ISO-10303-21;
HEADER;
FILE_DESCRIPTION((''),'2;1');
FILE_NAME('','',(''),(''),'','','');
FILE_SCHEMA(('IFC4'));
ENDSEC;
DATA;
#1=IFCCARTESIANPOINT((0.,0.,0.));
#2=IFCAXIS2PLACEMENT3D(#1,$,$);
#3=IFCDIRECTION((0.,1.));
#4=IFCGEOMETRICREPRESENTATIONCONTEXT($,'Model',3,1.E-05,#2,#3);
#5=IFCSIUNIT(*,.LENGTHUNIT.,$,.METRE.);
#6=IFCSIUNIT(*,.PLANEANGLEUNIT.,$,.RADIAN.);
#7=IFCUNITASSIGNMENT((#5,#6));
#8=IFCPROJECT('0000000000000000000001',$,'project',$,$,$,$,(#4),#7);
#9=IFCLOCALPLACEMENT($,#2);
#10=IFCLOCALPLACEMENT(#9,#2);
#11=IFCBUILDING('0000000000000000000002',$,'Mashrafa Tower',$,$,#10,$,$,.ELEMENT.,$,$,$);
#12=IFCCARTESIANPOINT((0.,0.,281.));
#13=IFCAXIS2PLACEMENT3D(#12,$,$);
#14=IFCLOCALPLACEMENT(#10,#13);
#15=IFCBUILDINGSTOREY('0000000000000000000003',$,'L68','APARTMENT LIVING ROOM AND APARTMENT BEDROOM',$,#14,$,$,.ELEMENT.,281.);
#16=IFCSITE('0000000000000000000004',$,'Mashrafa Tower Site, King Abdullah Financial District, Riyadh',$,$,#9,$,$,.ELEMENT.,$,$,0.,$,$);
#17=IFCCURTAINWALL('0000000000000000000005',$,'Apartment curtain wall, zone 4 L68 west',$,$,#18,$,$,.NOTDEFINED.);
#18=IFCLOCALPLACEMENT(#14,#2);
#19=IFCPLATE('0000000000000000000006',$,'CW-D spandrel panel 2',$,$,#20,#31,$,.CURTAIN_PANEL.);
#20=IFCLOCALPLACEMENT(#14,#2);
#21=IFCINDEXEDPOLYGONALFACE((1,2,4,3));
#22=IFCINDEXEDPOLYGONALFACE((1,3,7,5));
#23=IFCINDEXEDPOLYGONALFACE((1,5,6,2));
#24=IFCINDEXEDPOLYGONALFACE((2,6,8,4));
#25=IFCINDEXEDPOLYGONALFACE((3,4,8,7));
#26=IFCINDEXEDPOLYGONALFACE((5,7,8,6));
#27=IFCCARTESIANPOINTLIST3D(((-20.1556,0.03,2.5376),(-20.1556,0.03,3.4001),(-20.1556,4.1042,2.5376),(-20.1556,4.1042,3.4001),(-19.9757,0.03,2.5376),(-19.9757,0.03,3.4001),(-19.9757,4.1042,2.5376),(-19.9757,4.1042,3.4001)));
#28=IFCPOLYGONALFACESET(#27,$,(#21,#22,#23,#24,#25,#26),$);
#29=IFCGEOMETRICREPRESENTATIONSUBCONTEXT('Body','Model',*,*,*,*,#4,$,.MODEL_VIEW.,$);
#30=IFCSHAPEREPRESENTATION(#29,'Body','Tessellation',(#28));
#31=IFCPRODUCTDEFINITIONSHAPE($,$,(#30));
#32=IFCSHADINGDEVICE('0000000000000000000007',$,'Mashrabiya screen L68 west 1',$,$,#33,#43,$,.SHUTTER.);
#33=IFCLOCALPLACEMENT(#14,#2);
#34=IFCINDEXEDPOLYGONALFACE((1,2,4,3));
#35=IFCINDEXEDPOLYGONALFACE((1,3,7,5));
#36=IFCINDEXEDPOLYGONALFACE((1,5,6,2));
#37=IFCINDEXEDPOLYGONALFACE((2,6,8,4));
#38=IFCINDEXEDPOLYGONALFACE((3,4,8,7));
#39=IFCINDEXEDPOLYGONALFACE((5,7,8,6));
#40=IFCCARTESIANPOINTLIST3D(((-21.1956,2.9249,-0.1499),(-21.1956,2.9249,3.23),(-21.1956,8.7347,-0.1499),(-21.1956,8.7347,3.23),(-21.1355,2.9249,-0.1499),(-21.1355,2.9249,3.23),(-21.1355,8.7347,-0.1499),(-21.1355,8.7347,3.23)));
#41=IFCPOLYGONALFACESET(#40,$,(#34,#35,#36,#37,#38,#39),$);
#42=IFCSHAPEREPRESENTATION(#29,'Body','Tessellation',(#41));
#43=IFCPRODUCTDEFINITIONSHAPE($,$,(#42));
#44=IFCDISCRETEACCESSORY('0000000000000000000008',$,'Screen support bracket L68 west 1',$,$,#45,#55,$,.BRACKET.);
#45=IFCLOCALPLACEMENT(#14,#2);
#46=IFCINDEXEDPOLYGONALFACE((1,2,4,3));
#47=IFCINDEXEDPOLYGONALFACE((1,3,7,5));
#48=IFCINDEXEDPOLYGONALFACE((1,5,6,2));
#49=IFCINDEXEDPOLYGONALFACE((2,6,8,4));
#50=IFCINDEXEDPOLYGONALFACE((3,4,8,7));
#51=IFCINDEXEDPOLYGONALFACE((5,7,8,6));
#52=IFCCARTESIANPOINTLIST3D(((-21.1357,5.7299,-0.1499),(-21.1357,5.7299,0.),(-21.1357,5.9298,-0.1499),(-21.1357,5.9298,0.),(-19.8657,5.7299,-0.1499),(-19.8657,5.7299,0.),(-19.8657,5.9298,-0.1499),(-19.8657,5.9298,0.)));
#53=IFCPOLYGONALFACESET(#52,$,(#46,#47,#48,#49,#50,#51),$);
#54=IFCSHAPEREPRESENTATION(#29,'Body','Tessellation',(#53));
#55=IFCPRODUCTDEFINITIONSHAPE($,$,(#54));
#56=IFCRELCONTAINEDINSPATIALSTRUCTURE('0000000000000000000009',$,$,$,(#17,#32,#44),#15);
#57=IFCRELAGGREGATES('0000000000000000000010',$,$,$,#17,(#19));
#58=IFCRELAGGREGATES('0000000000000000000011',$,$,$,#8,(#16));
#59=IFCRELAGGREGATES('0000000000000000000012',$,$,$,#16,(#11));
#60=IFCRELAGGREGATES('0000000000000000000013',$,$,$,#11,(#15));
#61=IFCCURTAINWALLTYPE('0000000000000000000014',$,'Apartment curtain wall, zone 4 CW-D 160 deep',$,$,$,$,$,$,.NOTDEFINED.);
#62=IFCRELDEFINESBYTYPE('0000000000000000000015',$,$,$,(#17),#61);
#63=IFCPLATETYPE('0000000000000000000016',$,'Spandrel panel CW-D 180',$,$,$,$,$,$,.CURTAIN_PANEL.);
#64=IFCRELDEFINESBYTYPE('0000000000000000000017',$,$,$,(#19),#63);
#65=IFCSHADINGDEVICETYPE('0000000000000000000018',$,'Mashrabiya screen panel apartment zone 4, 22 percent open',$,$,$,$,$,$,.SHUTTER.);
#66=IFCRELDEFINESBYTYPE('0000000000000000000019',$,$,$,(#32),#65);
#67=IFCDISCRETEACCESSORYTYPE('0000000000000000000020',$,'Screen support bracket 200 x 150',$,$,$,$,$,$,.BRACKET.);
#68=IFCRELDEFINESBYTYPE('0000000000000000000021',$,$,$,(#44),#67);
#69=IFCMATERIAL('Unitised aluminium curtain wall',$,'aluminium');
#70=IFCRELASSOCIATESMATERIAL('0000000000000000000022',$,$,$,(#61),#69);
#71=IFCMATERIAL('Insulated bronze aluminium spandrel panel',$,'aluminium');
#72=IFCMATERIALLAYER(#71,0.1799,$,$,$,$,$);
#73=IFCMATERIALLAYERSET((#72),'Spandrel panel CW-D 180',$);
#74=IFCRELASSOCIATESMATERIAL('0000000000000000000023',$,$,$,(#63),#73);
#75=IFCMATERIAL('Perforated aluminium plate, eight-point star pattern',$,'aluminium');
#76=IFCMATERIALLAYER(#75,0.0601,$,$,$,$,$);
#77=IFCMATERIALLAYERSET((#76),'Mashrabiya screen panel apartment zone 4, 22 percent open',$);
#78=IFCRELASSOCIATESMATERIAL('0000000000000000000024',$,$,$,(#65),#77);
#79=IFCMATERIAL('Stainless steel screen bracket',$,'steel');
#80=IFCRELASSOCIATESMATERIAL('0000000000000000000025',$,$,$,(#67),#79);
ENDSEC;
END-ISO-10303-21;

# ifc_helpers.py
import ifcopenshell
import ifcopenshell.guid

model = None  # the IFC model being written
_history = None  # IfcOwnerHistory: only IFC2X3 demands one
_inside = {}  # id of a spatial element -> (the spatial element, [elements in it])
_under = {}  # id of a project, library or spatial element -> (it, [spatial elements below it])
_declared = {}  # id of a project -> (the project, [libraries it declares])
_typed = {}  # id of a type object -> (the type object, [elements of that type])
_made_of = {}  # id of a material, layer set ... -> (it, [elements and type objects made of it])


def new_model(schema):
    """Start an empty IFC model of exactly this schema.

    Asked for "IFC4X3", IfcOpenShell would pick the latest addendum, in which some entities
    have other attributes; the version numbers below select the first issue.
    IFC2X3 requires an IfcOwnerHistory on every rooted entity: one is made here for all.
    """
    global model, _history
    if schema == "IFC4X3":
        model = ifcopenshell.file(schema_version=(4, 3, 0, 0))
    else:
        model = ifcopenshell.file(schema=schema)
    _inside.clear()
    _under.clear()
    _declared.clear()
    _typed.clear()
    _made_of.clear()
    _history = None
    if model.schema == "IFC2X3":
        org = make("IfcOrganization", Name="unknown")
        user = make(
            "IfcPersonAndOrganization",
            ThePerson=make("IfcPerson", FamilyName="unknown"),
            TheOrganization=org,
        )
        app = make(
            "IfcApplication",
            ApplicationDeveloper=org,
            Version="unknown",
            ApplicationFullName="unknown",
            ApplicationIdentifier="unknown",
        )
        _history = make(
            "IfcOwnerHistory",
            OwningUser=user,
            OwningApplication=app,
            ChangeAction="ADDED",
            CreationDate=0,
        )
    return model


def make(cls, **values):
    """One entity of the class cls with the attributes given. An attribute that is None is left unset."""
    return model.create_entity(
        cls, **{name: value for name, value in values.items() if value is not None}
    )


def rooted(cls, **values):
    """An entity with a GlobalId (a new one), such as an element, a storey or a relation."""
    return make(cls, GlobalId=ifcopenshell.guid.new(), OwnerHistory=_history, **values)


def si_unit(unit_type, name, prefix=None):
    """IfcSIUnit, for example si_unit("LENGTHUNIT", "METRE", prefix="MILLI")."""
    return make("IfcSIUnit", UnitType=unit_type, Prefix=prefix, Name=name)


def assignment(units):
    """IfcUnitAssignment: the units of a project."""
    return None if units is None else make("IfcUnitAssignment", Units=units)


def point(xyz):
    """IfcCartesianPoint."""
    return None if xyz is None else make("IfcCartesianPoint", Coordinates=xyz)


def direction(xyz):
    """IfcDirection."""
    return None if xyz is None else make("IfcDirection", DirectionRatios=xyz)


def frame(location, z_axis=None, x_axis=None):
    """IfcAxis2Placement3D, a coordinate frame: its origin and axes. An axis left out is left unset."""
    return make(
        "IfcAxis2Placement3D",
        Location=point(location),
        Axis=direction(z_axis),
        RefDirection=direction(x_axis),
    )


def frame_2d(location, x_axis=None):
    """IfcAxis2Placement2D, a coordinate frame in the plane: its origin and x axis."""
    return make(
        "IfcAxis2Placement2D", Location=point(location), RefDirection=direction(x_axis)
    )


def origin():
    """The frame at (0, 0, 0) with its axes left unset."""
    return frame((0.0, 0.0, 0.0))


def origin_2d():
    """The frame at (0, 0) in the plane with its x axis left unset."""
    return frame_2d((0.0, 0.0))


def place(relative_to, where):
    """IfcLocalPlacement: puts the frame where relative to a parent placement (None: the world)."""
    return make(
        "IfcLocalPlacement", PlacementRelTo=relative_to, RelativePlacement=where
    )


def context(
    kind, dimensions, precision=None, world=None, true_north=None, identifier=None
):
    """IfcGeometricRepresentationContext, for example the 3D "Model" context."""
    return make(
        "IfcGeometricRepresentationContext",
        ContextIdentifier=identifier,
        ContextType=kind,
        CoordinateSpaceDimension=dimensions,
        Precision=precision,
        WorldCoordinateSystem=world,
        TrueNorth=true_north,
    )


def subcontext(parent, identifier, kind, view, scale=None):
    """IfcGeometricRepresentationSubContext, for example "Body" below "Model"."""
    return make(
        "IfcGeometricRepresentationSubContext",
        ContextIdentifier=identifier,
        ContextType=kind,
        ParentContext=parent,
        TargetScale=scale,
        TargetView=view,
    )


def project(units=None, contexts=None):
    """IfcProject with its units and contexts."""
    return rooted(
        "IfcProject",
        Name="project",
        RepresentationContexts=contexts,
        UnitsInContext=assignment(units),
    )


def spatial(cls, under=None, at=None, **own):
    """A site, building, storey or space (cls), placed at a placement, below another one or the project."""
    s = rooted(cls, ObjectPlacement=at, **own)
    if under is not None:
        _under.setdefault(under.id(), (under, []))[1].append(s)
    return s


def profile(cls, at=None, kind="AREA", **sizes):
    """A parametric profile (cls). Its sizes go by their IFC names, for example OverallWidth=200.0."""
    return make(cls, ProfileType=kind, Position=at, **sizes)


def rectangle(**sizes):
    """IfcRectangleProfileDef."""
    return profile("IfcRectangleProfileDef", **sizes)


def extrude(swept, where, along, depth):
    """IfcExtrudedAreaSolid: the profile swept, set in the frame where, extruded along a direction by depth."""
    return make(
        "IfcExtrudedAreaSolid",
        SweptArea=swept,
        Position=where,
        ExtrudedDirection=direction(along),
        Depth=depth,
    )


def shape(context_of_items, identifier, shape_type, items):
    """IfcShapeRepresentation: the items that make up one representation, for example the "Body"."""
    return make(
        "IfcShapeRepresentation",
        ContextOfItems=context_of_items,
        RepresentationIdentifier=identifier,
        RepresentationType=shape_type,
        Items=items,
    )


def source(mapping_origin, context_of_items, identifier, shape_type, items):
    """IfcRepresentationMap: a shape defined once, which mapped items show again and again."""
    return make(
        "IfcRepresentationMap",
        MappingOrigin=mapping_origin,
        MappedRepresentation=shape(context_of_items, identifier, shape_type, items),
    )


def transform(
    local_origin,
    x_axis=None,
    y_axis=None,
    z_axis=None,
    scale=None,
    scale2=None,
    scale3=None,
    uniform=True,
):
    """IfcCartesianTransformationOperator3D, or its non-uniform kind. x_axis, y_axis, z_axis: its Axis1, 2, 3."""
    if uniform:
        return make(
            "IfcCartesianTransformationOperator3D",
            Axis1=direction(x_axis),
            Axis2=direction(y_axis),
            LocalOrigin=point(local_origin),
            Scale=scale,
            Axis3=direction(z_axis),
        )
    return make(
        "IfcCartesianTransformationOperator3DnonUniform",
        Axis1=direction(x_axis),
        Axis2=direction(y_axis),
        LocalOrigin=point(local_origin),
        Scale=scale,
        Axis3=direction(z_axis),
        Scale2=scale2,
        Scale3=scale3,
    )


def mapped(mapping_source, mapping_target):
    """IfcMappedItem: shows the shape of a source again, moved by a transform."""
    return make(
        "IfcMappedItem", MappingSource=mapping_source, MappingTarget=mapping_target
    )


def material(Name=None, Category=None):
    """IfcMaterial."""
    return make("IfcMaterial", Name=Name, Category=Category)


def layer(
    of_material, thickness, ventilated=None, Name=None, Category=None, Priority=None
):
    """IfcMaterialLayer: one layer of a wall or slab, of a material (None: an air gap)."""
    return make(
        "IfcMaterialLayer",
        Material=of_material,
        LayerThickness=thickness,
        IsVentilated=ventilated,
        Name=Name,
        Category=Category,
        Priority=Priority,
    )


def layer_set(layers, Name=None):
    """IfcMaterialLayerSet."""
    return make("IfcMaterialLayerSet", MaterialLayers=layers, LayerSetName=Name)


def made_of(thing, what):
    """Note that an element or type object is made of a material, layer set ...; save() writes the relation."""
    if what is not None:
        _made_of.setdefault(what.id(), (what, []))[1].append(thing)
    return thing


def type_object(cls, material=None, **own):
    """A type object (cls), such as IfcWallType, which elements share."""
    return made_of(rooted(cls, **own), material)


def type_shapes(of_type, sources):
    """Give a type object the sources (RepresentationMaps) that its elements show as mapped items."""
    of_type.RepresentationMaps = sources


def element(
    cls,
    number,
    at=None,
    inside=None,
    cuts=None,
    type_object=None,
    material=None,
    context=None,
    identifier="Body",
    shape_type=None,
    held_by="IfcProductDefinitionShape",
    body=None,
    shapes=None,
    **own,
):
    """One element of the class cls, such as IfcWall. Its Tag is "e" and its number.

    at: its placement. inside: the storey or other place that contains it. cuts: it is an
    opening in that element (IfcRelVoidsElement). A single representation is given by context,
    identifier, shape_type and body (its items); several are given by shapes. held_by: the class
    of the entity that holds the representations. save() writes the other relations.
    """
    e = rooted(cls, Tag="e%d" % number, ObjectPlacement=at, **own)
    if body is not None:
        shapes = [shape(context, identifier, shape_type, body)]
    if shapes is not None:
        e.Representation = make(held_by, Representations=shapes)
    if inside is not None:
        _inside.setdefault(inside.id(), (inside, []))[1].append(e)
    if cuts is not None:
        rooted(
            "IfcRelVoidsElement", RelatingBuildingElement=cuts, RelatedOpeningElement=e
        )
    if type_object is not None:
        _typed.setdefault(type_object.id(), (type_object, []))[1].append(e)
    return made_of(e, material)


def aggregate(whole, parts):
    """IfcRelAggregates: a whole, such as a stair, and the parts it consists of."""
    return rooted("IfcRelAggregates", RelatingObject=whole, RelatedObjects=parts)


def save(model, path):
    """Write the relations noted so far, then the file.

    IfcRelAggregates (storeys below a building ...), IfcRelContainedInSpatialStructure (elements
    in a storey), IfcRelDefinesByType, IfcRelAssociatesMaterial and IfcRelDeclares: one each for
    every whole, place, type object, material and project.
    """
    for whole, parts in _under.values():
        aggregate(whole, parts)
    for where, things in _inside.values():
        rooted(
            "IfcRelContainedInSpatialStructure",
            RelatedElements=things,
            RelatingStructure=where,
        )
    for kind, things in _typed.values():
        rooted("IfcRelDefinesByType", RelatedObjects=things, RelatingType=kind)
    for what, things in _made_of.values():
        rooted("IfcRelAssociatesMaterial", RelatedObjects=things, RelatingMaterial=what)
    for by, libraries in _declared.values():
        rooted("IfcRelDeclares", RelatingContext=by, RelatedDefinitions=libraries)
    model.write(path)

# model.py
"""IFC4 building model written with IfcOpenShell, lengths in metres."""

from ifc_helpers import new_model, si_unit, direction, frame, origin, origin_2d, place, context, subcontext, project, spatial, rectangle, extrude, source, transform, mapped, material, layer, layer_set, type_object, type_shapes, element, aggregate, save


model = new_model("IFC4")

# Units and contexts
model_context = context("Model", 3, precision=1e-05, world=origin(), true_north=direction((0.0, 1.0)))
body_context = subcontext(model_context, "Body", "Model", "MODEL_VIEW")
ifc_project = project(units=[si_unit("LENGTHUNIT", "METRE"), si_unit("PLANEANGLEUNIT", "RADIAN")], contexts=[model_context])

# Site, building, storey
site_placement = place(None, origin())
site = spatial("IfcSite", under=ifc_project, at=site_placement, Name="Mashrafa Tower Site, King Abdullah Financial District, Riyadh", CompositionType="ELEMENT", RefElevation=0.0)
building_placement = place(site_placement, origin())
building = spatial("IfcBuilding", under=site, at=building_placement, Name="Mashrafa Tower", CompositionType="ELEMENT")
storey_placement = place(building_placement, frame((0.0, 0.0, 281.0)))
storey = spatial("IfcBuildingStorey", under=building, at=storey_placement, Name="L68", Description="APARTMENT LIVING ROOM AND APARTMENT BEDROOM", CompositionType="ELEMENT", Elevation=281.0)

# Shared definitions
ifc_material_1 = material(Name="Unitised aluminium curtain wall", Category="aluminium")
curtain_wall_type = type_object("IfcCurtainWallType", Name="Apartment curtain wall, zone 4 CW-D 160 deep", PredefinedType="NOTDEFINED", material=ifc_material_1)

# Curtain wall, plate
curtain_wall_1_placement = place(storey_placement, origin())
curtain_wall_1 = element("IfcCurtainWall", 1, at=curtain_wall_1_placement, inside=storey, type_object=curtain_wall_type, Name="Apartment curtain wall, zone 4 L68 west", PredefinedType="NOTDEFINED")
ifc_material_2 = material(Name="Insulated bronze aluminium spandrel panel", Category="aluminium")
ifc_layer_1 = layer(ifc_material_2, 0.1799)
ifc_layer_set_1 = layer_set([ifc_layer_1], Name="Spandrel panel CW-D 180")
plate_type_1 = type_object("IfcPlateType", Name="Spandrel panel CW-D 180", PredefinedType="CURTAIN_PANEL", material=ifc_layer_set_1)
shared_shape_1 = source(origin(), body_context, "Body", "SweptSolid", [
    extrude(rectangle(XDim=4.0742, YDim=0.1799, at=origin_2d()), origin(), (0.0, 0.0, 1.0), 0.8625),
])
plate_1_placement = place(storey_placement, frame((-20.0657, 2.0671, 2.5376), z_axis=(0.0, 0.0, 1.0), x_axis=(0.0, -1.0, 0.0)))
plate_1 = element("IfcPlate", 2, at=plate_1_placement, type_object=plate_type_1, Name="CW-D spandrel panel 2", PredefinedType="CURTAIN_PANEL", context=body_context, shape_type="MappedRepresentation", body=[
    mapped(shared_shape_1, transform((0.0, 0.0, 0.0))),
])
aggregate(curtain_wall_1, [plate_1])

# Shading device
ifc_material_3 = material(Name="Perforated aluminium plate, eight-point star pattern", Category="aluminium")
ifc_layer_2 = layer(ifc_material_3, 0.0601)
ifc_layer_set_2 = layer_set([ifc_layer_2], Name="Mashrabiya screen panel apartment zone 4, 22 percent open")
shading_device_type = type_object("IfcShadingDeviceType", Name="Mashrabiya screen panel apartment zone 4, 22 percent open", PredefinedType="SHUTTER", material=ifc_layer_set_2)
shared_shape_2 = source(origin(), body_context, "Body", "SweptSolid", [
    extrude(rectangle(XDim=5.8098, YDim=0.0601, at=origin_2d()), origin(), (0.0, 0.0, 1.0), 3.3799),
])
type_shapes(shading_device_type, [shared_shape_2])
shading_device_placement = place(storey_placement, frame((-21.1655, 5.8298, -0.1499), z_axis=(0.0, 0.0, 1.0), x_axis=(0.0, -1.0, 0.0)))
element("IfcShadingDevice", 3, at=shading_device_placement, inside=storey, type_object=shading_device_type, Name="Mashrabiya screen L68 west 1", PredefinedType="SHUTTER", context=body_context, shape_type="MappedRepresentation", body=[
    mapped(shared_shape_2, transform((0.0, 0.0, 0.0))),
])

# Discrete accessory
ifc_material_4 = material(Name="Stainless steel screen bracket", Category="steel")
discrete_accessory_type = type_object("IfcDiscreteAccessoryType", Name="Screen support bracket 200 x 150", PredefinedType="BRACKET", material=ifc_material_4)
shared_shape_3 = source(origin(), body_context, "Body", "SweptSolid", [
    extrude(rectangle(XDim=0.2, YDim=1.27, at=origin_2d()), origin(), (0.0, 0.0, 1.0), 0.1499),
])
type_shapes(discrete_accessory_type, [shared_shape_3])
discrete_accessory_placement = place(storey_placement, frame((-20.5007, 5.8298, -0.1499), z_axis=(0.0, 0.0, 1.0), x_axis=(0.0, -1.0, 0.0)))
element("IfcDiscreteAccessory", 4, at=discrete_accessory_placement, inside=storey, type_object=discrete_accessory_type, Name="Screen support bracket L68 west 1", PredefinedType="BRACKET", context=body_context, shape_type="MappedRepresentation", body=[
    mapped(shared_shape_3, transform((0.0, 0.0, 0.0))),
])

save(model, "model.ifc")
